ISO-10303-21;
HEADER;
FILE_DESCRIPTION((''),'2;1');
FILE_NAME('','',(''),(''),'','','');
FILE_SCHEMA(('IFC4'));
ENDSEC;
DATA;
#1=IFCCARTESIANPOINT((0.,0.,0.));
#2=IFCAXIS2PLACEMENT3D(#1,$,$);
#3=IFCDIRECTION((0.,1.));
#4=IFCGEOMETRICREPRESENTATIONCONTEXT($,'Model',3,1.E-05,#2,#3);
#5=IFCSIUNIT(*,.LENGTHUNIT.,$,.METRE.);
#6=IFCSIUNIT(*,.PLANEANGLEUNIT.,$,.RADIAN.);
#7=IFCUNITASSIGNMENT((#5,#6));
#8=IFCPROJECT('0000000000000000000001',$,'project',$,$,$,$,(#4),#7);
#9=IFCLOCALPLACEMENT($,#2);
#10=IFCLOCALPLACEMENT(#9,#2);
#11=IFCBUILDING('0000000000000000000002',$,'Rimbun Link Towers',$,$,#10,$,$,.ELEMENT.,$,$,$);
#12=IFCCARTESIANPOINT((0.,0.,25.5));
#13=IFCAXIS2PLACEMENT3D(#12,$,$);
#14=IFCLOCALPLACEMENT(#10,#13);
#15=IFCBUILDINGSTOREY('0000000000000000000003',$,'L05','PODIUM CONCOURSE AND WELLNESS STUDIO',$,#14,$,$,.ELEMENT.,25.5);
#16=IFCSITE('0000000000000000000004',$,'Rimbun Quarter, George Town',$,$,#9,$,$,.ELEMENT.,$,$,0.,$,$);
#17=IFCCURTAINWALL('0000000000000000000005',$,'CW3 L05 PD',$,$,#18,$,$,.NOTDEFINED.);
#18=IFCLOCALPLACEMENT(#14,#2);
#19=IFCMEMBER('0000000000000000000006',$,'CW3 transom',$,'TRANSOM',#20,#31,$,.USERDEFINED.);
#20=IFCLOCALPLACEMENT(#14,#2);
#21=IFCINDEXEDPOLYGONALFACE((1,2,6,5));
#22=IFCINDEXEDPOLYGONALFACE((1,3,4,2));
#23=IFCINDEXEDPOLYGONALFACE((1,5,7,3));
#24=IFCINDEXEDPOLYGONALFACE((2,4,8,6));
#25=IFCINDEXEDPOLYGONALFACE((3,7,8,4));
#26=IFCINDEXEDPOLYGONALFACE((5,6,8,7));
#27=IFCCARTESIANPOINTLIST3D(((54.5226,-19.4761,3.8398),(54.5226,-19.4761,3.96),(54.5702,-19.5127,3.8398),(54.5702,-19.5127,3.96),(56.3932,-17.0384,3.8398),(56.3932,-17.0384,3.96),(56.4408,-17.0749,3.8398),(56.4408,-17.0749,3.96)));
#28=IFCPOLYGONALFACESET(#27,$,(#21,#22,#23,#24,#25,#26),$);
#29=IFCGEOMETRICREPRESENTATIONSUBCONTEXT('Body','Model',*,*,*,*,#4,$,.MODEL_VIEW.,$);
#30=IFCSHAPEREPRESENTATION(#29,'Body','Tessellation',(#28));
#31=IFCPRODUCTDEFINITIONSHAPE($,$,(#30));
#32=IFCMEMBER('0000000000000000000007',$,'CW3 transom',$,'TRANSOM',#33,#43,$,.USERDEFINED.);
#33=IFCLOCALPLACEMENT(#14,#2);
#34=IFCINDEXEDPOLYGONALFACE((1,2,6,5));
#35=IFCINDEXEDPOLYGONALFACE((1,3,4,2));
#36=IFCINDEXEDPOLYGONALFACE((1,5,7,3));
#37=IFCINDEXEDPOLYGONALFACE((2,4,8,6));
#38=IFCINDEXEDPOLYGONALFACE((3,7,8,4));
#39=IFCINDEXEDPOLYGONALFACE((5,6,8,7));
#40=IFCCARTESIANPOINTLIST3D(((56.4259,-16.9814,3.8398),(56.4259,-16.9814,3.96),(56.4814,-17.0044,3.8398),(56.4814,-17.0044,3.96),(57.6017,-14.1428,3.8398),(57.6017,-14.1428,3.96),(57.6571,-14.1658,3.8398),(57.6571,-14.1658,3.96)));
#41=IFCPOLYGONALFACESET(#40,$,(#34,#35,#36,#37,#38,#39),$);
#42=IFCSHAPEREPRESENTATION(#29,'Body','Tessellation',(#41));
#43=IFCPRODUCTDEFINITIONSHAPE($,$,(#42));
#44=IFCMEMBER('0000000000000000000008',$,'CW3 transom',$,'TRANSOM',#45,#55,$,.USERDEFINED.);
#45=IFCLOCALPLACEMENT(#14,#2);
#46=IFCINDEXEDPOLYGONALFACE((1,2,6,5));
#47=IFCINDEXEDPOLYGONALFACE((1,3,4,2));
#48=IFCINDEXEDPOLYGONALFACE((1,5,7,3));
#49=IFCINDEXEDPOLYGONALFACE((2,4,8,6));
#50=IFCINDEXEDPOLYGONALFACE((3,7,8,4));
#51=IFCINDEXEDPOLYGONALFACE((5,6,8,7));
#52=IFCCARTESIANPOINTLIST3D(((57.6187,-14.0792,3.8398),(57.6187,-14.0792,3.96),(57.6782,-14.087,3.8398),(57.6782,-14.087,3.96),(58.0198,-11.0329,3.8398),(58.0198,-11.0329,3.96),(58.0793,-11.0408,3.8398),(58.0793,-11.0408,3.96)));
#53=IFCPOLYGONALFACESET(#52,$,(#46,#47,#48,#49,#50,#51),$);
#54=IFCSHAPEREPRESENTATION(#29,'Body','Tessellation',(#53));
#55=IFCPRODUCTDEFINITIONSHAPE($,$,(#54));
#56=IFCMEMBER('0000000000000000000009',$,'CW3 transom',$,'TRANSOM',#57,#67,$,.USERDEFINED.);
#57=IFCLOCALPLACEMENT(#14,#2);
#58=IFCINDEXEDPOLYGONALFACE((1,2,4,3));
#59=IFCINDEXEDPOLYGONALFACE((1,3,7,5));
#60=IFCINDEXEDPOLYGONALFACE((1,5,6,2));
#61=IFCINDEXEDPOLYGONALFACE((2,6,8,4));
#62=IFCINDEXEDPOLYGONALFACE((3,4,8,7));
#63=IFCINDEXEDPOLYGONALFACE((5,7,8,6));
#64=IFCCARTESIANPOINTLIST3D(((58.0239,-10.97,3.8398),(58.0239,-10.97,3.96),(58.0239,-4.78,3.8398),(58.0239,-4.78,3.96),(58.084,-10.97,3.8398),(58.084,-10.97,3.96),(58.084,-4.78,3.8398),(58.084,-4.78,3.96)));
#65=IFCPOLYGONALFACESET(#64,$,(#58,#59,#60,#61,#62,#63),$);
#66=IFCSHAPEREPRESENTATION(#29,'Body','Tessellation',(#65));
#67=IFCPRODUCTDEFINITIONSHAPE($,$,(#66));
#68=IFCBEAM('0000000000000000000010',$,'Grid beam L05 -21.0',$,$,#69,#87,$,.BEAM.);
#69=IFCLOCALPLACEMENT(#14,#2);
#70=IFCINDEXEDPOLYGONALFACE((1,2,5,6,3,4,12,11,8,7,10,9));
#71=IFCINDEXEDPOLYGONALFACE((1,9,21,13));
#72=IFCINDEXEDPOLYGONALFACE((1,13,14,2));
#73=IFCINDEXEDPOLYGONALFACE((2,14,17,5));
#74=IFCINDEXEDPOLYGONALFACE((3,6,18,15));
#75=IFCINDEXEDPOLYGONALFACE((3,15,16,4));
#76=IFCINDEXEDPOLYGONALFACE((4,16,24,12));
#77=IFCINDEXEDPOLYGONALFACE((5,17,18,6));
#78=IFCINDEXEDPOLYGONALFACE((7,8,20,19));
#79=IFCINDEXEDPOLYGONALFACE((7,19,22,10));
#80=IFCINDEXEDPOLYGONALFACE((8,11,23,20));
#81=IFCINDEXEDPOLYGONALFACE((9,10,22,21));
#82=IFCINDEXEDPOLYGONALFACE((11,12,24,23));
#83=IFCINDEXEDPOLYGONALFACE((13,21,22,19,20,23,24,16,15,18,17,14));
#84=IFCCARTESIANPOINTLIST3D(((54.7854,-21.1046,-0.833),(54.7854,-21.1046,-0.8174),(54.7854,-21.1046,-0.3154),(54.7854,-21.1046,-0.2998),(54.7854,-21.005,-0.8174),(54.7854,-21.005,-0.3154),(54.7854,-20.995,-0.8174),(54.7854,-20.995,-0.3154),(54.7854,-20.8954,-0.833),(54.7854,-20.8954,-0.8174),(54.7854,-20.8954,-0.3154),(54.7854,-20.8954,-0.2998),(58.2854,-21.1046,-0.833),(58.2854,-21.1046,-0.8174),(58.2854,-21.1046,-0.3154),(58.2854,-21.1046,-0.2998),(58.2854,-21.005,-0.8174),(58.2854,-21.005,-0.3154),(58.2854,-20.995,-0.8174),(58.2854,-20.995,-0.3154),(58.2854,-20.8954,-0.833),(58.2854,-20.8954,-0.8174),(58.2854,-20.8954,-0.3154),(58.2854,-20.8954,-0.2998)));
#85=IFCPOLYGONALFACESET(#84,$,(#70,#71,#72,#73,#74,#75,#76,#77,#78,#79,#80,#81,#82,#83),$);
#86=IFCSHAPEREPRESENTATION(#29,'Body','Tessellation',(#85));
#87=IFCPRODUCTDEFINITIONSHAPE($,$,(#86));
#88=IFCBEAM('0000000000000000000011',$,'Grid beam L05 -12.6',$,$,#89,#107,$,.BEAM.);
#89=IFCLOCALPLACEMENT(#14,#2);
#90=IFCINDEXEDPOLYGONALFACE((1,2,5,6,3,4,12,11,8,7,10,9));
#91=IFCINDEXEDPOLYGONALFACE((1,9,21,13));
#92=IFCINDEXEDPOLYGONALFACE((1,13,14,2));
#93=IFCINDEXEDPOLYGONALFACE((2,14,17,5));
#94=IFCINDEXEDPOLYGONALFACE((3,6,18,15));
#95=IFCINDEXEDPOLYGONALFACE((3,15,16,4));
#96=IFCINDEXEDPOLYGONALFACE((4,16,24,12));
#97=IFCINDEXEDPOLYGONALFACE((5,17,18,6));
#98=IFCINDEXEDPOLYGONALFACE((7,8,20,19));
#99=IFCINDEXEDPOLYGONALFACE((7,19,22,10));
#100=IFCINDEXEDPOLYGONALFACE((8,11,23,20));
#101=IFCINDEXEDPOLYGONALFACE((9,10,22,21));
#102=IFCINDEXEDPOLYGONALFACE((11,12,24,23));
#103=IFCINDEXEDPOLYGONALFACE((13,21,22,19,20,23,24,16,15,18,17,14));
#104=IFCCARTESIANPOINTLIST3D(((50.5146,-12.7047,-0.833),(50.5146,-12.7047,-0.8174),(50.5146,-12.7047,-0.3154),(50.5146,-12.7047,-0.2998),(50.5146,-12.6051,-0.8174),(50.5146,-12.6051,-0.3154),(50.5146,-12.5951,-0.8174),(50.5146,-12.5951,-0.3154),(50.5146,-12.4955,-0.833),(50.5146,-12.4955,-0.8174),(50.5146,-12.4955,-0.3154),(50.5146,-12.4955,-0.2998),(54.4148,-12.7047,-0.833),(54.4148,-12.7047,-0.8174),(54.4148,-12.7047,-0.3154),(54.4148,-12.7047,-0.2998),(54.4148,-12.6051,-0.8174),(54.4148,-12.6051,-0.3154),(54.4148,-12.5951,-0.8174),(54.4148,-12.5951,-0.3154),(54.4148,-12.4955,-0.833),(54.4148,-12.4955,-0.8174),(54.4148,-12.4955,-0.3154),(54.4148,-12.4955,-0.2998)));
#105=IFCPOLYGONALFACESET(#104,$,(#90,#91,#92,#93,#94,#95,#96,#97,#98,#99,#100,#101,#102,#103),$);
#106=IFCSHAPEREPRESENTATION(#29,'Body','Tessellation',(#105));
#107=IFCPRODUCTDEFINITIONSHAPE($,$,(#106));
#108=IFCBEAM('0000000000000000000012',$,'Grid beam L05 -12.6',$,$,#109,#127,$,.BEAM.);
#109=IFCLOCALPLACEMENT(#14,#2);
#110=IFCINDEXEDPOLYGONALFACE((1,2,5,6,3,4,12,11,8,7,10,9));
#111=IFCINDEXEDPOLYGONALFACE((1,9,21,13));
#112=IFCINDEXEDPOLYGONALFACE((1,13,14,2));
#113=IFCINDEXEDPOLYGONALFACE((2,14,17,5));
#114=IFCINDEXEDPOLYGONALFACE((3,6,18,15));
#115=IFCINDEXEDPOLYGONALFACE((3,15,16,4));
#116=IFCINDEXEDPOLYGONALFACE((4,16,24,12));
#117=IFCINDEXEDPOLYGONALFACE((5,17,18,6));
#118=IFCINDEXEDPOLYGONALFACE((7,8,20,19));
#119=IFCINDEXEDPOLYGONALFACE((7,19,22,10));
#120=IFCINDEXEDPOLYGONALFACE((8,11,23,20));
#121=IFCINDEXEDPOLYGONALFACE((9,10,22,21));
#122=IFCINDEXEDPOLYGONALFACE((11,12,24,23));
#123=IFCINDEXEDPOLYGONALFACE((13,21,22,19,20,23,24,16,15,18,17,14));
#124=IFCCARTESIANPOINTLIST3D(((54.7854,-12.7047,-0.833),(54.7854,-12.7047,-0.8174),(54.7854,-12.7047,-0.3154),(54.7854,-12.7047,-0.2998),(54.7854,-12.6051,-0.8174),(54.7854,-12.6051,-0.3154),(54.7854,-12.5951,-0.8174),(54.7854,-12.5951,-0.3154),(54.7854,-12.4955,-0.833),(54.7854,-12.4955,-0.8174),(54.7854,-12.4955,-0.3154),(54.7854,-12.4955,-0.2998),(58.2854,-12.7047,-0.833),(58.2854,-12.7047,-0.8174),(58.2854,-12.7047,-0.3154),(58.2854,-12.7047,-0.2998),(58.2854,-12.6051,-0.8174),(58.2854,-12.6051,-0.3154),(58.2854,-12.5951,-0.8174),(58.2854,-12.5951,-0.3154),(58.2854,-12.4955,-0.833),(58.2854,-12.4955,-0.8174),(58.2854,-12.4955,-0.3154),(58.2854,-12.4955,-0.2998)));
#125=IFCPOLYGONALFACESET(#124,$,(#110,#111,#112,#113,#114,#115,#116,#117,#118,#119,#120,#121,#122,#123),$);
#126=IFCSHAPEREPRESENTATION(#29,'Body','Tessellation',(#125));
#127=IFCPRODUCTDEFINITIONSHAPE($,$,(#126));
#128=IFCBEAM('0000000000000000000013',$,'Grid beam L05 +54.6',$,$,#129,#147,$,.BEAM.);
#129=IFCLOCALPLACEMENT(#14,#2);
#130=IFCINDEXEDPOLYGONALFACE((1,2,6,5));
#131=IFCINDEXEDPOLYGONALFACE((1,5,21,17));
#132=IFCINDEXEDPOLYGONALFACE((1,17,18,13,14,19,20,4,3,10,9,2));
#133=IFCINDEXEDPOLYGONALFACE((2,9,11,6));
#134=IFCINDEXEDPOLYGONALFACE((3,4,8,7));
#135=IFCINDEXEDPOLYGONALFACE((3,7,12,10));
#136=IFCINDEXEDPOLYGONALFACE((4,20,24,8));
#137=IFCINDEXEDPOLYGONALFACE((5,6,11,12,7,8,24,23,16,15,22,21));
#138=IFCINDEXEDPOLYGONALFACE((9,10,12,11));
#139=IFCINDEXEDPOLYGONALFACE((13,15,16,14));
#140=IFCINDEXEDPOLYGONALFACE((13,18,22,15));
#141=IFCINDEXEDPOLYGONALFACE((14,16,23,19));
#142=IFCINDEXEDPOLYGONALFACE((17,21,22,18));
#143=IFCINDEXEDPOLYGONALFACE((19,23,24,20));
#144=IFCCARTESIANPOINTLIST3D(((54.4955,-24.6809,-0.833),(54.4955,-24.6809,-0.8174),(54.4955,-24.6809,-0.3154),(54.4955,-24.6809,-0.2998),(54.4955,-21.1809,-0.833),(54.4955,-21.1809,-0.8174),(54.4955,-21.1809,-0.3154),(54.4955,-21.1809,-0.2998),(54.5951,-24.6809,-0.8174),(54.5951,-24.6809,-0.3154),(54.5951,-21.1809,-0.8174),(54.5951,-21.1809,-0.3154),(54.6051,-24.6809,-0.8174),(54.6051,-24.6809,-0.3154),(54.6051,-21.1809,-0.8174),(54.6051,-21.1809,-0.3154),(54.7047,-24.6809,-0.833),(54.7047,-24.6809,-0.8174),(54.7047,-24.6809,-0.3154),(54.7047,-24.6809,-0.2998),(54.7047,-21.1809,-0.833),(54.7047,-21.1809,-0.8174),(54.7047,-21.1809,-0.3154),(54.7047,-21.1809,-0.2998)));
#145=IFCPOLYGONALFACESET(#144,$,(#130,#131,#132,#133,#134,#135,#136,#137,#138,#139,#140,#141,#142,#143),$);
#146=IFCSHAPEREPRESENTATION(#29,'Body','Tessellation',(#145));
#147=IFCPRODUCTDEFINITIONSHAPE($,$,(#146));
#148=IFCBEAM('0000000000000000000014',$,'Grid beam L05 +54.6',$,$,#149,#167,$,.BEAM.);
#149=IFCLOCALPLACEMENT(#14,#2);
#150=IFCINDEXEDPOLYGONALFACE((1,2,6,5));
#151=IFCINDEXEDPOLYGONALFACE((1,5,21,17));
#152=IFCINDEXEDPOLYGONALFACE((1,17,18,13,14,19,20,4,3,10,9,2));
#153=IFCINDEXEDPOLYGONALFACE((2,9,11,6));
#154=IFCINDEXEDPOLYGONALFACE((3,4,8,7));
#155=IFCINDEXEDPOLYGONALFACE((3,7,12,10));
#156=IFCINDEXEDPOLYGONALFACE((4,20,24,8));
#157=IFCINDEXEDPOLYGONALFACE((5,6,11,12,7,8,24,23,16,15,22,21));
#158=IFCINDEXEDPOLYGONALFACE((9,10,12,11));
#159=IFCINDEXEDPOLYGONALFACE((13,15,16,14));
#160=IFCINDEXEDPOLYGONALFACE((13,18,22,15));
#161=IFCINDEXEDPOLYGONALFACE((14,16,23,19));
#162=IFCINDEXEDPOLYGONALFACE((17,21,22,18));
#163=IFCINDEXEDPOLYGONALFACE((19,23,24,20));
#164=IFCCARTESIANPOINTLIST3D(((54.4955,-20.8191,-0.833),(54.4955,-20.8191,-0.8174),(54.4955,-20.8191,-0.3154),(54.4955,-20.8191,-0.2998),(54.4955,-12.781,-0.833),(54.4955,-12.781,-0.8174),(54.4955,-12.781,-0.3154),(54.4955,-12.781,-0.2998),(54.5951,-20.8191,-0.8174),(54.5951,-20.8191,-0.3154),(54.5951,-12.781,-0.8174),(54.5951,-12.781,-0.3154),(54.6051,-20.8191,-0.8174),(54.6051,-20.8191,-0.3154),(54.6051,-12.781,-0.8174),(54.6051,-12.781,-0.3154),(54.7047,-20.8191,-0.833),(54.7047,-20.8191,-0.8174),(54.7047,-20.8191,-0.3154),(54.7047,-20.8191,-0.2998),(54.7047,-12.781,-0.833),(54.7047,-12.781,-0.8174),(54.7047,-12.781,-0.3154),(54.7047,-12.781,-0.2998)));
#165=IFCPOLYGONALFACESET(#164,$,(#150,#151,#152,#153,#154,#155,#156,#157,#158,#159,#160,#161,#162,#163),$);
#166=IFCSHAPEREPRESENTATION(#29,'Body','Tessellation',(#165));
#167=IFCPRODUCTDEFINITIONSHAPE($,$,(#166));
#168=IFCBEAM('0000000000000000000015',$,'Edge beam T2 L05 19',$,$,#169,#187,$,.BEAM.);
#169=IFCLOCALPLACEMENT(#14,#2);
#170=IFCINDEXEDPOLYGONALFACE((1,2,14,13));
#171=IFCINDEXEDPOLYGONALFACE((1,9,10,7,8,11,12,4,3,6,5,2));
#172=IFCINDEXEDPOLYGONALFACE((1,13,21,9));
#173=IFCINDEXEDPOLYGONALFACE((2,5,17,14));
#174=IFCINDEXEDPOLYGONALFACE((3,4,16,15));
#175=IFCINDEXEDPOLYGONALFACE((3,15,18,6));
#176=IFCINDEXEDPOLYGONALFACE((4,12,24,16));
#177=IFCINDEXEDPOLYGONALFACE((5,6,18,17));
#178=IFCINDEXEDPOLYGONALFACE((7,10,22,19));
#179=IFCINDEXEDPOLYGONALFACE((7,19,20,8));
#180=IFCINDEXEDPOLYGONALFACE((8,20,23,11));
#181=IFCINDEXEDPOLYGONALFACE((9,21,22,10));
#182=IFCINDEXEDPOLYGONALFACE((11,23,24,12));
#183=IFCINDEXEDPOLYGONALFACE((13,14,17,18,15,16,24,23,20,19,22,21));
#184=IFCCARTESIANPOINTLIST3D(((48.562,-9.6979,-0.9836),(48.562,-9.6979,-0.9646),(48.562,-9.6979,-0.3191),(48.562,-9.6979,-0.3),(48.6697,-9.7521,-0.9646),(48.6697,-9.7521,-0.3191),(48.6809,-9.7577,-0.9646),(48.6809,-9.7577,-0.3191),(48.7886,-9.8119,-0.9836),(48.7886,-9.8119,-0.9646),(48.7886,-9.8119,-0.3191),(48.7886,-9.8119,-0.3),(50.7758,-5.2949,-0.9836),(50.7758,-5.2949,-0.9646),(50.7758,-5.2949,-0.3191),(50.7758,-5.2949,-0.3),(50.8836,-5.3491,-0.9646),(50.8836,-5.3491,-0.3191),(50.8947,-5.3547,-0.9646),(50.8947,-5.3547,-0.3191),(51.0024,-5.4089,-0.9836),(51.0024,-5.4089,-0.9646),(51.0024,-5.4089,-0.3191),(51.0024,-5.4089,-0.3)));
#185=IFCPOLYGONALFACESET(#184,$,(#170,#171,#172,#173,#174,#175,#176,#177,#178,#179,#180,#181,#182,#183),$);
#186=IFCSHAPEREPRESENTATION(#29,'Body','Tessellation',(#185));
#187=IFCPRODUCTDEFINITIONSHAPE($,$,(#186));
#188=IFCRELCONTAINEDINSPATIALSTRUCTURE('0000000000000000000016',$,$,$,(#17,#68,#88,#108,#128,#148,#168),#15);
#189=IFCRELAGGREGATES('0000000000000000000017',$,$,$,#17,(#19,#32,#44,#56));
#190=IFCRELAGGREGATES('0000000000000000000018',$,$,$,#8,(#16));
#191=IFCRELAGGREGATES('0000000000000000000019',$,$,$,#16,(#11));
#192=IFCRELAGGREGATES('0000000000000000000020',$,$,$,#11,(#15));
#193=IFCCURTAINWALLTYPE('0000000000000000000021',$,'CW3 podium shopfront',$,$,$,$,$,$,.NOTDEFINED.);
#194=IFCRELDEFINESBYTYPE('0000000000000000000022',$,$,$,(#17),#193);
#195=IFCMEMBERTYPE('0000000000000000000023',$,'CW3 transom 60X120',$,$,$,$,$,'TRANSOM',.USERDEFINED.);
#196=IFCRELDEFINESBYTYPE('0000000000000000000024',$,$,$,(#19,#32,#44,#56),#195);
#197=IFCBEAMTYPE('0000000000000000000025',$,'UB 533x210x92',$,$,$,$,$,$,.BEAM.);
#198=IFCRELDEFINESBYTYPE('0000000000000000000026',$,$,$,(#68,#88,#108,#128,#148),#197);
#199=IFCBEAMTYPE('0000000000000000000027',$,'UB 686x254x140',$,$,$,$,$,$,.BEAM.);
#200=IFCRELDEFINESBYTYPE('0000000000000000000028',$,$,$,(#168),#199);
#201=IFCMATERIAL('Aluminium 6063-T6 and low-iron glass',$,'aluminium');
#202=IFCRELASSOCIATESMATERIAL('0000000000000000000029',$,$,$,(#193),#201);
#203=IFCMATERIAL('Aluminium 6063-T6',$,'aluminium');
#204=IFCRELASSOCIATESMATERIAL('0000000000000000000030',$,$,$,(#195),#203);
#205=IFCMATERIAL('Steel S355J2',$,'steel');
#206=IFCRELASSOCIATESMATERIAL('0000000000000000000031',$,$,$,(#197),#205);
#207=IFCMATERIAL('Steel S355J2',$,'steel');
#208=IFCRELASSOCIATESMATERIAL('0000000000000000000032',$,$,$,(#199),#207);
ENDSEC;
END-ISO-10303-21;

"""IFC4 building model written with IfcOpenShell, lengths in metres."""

from ifc_helpers import new_model, si_unit, direction, frame, origin, origin_2d, place, context, subcontext, project, spatial, rectangle, i_section, extrude, material, material_profile, profile_set, type_object, element, aggregate, save


model = new_model("IFC4")

# Units and contexts
model_context = context("Model", 3, precision=1e-05, world=origin(), true_north=direction((0.0, 1.0)))
body_context = subcontext(model_context, "Body", "Model", "MODEL_VIEW")
ifc_project = project(units=[si_unit("LENGTHUNIT", "METRE"), si_unit("PLANEANGLEUNIT", "RADIAN")], contexts=[model_context])

# Site, building, storey
site_placement = place(None, origin())
site = spatial("IfcSite", under=ifc_project, at=site_placement, Name="Rimbun Quarter, George Town", CompositionType="ELEMENT", RefElevation=0.0)
building_placement = place(site_placement, origin())
building = spatial("IfcBuilding", under=site, at=building_placement, Name="Rimbun Link Towers", CompositionType="ELEMENT")
storey_placement = place(building_placement, frame((0.0, 0.0, 25.5)))
storey = spatial("IfcBuildingStorey", under=building, at=storey_placement, Name="L05", Description="PODIUM CONCOURSE AND WELLNESS STUDIO", CompositionType="ELEMENT", Elevation=25.5)

# Curtain wall, members
ifc_material_1 = material(Name="Aluminium 6063-T6 and low-iron glass", Category="aluminium")
curtain_wall_type = type_object("IfcCurtainWallType", Name="CW3 podium shopfront", PredefinedType="NOTDEFINED", material=ifc_material_1)
curtain_wall_placement = place(storey_placement, origin())
curtain_wall = element("IfcCurtainWall", 1, at=curtain_wall_placement, inside=storey, type_object=curtain_wall_type, Name="CW3 L05 PD", PredefinedType="NOTDEFINED")
ifc_material_2 = material(Name="Aluminium 6063-T6", Category="aluminium")
ifc_material_profile_1 = material_profile(ifc_material_2, rectangle(XDim=0.0601, YDim=0.1201, at=origin_2d()), Name="TRANSOM 60X120")
ifc_profile_set_1 = profile_set([ifc_material_profile_1], Name="Aluminium 6063-T6")
member_type_1 = type_object("IfcMemberType", Name="CW3 transom 60X120", ElementType="TRANSOM", PredefinedType="USERDEFINED", material=ifc_profile_set_1)
member_1_placement = place(storey_placement, frame((56.417, -17.0566, 3.8999), z_axis=(-0.608773, -0.793344, 0.0), x_axis=(0.793344, -0.608773, 0.0)))
member_1 = element("IfcMember", 2, at=member_1_placement, type_object=member_type_1, Name="CW3 transom", ObjectType="TRANSOM", PredefinedType="USERDEFINED", context=body_context, shape_type="SweptSolid", body=[
    extrude(rectangle(XDim=0.0601, YDim=0.1201, at=origin_2d()), origin(), (0.0, 0.0, 1.0), 3.0728),
])
member_2_placement = place(storey_placement, frame((57.6294, -14.1543, 3.8999), z_axis=(-0.382679, -0.923881, 0.0), x_axis=(0.923881, -0.382679, 0.0)))
member_2 = element("IfcMember", 3, at=member_2_placement, type_object=member_type_1, Name="CW3 transom", ObjectType="TRANSOM", PredefinedType="USERDEFINED", context=body_context, shape_type="SweptSolid", body=[
    extrude(rectangle(XDim=0.0601, YDim=0.1201, at=origin_2d()), origin(), (0.0, 0.0, 1.0), 3.0725),
])
member_3_placement = place(storey_placement, frame((58.0496, -11.0369, 3.8999), z_axis=(-0.130555, -0.991441, 0.0), x_axis=(0.991441, -0.130555, 0.0)))
member_3 = element("IfcMember", 4, at=member_3_placement, type_object=member_type_1, Name="CW3 transom", ObjectType="TRANSOM", PredefinedType="USERDEFINED", context=body_context, shape_type="SweptSolid", body=[
    extrude(rectangle(XDim=0.0601, YDim=0.1201, at=origin_2d()), origin(), (0.0, 0.0, 1.0), 3.0725),
])
member_4_placement = place(storey_placement, frame((58.054, -4.78, 3.8999), z_axis=(0.0, -1.0, 0.0), x_axis=(1.0, 0.0, 0.0)))
member_4 = element("IfcMember", 5, at=member_4_placement, type_object=member_type_1, Name="CW3 transom", ObjectType="TRANSOM", PredefinedType="USERDEFINED", context=body_context, shape_type="SweptSolid", body=[
    extrude(rectangle(XDim=0.0601, YDim=0.1201, at=origin_2d()), origin(), (0.0, 0.0, 1.0), 6.1899),
])

# Beams
ifc_material_3 = material(Name="Steel S355J2", Category="steel")
ifc_material_profile_2 = material_profile(ifc_material_3, i_section(OverallWidth=0.2092, OverallDepth=0.5332, WebThickness=0.01, FlangeThickness=0.0156, at=origin_2d()), Name="UB 533x210x92")
ifc_profile_set_2 = profile_set([ifc_material_profile_2], Name="Steel S355J2")
beam_type_1 = type_object("IfcBeamType", Name="UB 533x210x92", PredefinedType="BEAM", material=ifc_profile_set_2)
beam_1_placement = place(storey_placement, frame((54.7854, -21.0, -0.5664), z_axis=(1.0, 0.0, 0.0), x_axis=(0.0, 1.0, 0.0)))
element("IfcBeam", 6, at=beam_1_placement, inside=storey, type_object=beam_type_1, Name="Grid beam L05 -21.0", PredefinedType="BEAM", context=body_context, shape_type="SweptSolid", body=[
    extrude(i_section(OverallWidth=0.2092, OverallDepth=0.5332, WebThickness=0.01, FlangeThickness=0.0156, at=origin_2d()), origin(), (0.0, 0.0, 1.0), 3.5),
])
beam_2_placement = place(storey_placement, frame((50.5146, -12.6001, -0.5664), z_axis=(1.0, 0.0, 0.0), x_axis=(0.0, 1.0, 0.0)))
element("IfcBeam", 7, at=beam_2_placement, inside=storey, type_object=beam_type_1, Name="Grid beam L05 -12.6", PredefinedType="BEAM", context=body_context, shape_type="SweptSolid", body=[
    extrude(i_section(OverallWidth=0.2092, OverallDepth=0.5332, WebThickness=0.01, FlangeThickness=0.0156, at=origin_2d()), origin(), (0.0, 0.0, 1.0), 3.9001),
])
for number, where, z_axis, x_axis, name in (
    (8, (54.7854, -12.6001, -0.5664), (1.0, 0.0, 0.0), (0.0, 1.0, 0.0), "Grid beam L05 -12.6"),
    (9, (54.6001, -24.6809, -0.5664), (0.0, 1.0, 0.0), (-1.0, 0.0, 0.0), "Grid beam L05 +54.6"),
):
    element("IfcBeam", number, at=place(storey_placement, frame(where, z_axis=z_axis, x_axis=x_axis)), inside=storey, type_object=beam_type_1, Name=name, PredefinedType="BEAM", context=body_context, shape_type="SweptSolid", body=[
        extrude(i_section(OverallWidth=0.2092, OverallDepth=0.5332, WebThickness=0.01, FlangeThickness=0.0156, at=origin_2d()), origin(), (0.0, 0.0, 1.0), 3.5),
    ])
beam_3_placement = place(storey_placement, frame((54.6001, -20.8191, -0.5664), z_axis=(0.0, 1.0, 0.0), x_axis=(-1.0, 0.0, 0.0)))
element("IfcBeam", 10, at=beam_3_placement, inside=storey, type_object=beam_type_1, Name="Grid beam L05 +54.6", PredefinedType="BEAM", context=body_context, shape_type="SweptSolid", body=[
    extrude(i_section(OverallWidth=0.2092, OverallDepth=0.5332, WebThickness=0.01, FlangeThickness=0.0156, at=origin_2d()), origin(), (0.0, 0.0, 1.0), 8.0381),
])
ifc_material_4 = material(Name="Steel S355J2", Category="steel")
ifc_material_profile_3 = material_profile(ifc_material_4, i_section(OverallWidth=0.2537, OverallDepth=0.6836, WebThickness=0.0125, FlangeThickness=0.019, at=origin_2d()), Name="UB 686x254x140")
ifc_profile_set_3 = profile_set([ifc_material_profile_3], Name="Steel S355J2")
beam_type_2 = type_object("IfcBeamType", Name="UB 686x254x140", PredefinedType="BEAM", material=ifc_profile_set_3)
beam_4_placement = place(storey_placement, frame((48.6753, -9.7549, -0.6418), z_axis=(0.449214, 0.893424, 0.0), x_axis=(-0.893424, 0.449214, 0.0)))
element("IfcBeam", 11, at=beam_4_placement, inside=storey, type_object=beam_type_2, Name="Edge beam T2 L05 19", PredefinedType="BEAM", context=body_context, shape_type="SweptSolid", body=[
    extrude(i_section(OverallWidth=0.2537, OverallDepth=0.6836, WebThickness=0.0125, FlangeThickness=0.019, at=origin_2d()), origin(), (0.0, 0.0, 1.0), 4.9282),
])

aggregate(curtain_wall, [member_1, member_2, member_3, member_4])

save(model, "model.ifc")
